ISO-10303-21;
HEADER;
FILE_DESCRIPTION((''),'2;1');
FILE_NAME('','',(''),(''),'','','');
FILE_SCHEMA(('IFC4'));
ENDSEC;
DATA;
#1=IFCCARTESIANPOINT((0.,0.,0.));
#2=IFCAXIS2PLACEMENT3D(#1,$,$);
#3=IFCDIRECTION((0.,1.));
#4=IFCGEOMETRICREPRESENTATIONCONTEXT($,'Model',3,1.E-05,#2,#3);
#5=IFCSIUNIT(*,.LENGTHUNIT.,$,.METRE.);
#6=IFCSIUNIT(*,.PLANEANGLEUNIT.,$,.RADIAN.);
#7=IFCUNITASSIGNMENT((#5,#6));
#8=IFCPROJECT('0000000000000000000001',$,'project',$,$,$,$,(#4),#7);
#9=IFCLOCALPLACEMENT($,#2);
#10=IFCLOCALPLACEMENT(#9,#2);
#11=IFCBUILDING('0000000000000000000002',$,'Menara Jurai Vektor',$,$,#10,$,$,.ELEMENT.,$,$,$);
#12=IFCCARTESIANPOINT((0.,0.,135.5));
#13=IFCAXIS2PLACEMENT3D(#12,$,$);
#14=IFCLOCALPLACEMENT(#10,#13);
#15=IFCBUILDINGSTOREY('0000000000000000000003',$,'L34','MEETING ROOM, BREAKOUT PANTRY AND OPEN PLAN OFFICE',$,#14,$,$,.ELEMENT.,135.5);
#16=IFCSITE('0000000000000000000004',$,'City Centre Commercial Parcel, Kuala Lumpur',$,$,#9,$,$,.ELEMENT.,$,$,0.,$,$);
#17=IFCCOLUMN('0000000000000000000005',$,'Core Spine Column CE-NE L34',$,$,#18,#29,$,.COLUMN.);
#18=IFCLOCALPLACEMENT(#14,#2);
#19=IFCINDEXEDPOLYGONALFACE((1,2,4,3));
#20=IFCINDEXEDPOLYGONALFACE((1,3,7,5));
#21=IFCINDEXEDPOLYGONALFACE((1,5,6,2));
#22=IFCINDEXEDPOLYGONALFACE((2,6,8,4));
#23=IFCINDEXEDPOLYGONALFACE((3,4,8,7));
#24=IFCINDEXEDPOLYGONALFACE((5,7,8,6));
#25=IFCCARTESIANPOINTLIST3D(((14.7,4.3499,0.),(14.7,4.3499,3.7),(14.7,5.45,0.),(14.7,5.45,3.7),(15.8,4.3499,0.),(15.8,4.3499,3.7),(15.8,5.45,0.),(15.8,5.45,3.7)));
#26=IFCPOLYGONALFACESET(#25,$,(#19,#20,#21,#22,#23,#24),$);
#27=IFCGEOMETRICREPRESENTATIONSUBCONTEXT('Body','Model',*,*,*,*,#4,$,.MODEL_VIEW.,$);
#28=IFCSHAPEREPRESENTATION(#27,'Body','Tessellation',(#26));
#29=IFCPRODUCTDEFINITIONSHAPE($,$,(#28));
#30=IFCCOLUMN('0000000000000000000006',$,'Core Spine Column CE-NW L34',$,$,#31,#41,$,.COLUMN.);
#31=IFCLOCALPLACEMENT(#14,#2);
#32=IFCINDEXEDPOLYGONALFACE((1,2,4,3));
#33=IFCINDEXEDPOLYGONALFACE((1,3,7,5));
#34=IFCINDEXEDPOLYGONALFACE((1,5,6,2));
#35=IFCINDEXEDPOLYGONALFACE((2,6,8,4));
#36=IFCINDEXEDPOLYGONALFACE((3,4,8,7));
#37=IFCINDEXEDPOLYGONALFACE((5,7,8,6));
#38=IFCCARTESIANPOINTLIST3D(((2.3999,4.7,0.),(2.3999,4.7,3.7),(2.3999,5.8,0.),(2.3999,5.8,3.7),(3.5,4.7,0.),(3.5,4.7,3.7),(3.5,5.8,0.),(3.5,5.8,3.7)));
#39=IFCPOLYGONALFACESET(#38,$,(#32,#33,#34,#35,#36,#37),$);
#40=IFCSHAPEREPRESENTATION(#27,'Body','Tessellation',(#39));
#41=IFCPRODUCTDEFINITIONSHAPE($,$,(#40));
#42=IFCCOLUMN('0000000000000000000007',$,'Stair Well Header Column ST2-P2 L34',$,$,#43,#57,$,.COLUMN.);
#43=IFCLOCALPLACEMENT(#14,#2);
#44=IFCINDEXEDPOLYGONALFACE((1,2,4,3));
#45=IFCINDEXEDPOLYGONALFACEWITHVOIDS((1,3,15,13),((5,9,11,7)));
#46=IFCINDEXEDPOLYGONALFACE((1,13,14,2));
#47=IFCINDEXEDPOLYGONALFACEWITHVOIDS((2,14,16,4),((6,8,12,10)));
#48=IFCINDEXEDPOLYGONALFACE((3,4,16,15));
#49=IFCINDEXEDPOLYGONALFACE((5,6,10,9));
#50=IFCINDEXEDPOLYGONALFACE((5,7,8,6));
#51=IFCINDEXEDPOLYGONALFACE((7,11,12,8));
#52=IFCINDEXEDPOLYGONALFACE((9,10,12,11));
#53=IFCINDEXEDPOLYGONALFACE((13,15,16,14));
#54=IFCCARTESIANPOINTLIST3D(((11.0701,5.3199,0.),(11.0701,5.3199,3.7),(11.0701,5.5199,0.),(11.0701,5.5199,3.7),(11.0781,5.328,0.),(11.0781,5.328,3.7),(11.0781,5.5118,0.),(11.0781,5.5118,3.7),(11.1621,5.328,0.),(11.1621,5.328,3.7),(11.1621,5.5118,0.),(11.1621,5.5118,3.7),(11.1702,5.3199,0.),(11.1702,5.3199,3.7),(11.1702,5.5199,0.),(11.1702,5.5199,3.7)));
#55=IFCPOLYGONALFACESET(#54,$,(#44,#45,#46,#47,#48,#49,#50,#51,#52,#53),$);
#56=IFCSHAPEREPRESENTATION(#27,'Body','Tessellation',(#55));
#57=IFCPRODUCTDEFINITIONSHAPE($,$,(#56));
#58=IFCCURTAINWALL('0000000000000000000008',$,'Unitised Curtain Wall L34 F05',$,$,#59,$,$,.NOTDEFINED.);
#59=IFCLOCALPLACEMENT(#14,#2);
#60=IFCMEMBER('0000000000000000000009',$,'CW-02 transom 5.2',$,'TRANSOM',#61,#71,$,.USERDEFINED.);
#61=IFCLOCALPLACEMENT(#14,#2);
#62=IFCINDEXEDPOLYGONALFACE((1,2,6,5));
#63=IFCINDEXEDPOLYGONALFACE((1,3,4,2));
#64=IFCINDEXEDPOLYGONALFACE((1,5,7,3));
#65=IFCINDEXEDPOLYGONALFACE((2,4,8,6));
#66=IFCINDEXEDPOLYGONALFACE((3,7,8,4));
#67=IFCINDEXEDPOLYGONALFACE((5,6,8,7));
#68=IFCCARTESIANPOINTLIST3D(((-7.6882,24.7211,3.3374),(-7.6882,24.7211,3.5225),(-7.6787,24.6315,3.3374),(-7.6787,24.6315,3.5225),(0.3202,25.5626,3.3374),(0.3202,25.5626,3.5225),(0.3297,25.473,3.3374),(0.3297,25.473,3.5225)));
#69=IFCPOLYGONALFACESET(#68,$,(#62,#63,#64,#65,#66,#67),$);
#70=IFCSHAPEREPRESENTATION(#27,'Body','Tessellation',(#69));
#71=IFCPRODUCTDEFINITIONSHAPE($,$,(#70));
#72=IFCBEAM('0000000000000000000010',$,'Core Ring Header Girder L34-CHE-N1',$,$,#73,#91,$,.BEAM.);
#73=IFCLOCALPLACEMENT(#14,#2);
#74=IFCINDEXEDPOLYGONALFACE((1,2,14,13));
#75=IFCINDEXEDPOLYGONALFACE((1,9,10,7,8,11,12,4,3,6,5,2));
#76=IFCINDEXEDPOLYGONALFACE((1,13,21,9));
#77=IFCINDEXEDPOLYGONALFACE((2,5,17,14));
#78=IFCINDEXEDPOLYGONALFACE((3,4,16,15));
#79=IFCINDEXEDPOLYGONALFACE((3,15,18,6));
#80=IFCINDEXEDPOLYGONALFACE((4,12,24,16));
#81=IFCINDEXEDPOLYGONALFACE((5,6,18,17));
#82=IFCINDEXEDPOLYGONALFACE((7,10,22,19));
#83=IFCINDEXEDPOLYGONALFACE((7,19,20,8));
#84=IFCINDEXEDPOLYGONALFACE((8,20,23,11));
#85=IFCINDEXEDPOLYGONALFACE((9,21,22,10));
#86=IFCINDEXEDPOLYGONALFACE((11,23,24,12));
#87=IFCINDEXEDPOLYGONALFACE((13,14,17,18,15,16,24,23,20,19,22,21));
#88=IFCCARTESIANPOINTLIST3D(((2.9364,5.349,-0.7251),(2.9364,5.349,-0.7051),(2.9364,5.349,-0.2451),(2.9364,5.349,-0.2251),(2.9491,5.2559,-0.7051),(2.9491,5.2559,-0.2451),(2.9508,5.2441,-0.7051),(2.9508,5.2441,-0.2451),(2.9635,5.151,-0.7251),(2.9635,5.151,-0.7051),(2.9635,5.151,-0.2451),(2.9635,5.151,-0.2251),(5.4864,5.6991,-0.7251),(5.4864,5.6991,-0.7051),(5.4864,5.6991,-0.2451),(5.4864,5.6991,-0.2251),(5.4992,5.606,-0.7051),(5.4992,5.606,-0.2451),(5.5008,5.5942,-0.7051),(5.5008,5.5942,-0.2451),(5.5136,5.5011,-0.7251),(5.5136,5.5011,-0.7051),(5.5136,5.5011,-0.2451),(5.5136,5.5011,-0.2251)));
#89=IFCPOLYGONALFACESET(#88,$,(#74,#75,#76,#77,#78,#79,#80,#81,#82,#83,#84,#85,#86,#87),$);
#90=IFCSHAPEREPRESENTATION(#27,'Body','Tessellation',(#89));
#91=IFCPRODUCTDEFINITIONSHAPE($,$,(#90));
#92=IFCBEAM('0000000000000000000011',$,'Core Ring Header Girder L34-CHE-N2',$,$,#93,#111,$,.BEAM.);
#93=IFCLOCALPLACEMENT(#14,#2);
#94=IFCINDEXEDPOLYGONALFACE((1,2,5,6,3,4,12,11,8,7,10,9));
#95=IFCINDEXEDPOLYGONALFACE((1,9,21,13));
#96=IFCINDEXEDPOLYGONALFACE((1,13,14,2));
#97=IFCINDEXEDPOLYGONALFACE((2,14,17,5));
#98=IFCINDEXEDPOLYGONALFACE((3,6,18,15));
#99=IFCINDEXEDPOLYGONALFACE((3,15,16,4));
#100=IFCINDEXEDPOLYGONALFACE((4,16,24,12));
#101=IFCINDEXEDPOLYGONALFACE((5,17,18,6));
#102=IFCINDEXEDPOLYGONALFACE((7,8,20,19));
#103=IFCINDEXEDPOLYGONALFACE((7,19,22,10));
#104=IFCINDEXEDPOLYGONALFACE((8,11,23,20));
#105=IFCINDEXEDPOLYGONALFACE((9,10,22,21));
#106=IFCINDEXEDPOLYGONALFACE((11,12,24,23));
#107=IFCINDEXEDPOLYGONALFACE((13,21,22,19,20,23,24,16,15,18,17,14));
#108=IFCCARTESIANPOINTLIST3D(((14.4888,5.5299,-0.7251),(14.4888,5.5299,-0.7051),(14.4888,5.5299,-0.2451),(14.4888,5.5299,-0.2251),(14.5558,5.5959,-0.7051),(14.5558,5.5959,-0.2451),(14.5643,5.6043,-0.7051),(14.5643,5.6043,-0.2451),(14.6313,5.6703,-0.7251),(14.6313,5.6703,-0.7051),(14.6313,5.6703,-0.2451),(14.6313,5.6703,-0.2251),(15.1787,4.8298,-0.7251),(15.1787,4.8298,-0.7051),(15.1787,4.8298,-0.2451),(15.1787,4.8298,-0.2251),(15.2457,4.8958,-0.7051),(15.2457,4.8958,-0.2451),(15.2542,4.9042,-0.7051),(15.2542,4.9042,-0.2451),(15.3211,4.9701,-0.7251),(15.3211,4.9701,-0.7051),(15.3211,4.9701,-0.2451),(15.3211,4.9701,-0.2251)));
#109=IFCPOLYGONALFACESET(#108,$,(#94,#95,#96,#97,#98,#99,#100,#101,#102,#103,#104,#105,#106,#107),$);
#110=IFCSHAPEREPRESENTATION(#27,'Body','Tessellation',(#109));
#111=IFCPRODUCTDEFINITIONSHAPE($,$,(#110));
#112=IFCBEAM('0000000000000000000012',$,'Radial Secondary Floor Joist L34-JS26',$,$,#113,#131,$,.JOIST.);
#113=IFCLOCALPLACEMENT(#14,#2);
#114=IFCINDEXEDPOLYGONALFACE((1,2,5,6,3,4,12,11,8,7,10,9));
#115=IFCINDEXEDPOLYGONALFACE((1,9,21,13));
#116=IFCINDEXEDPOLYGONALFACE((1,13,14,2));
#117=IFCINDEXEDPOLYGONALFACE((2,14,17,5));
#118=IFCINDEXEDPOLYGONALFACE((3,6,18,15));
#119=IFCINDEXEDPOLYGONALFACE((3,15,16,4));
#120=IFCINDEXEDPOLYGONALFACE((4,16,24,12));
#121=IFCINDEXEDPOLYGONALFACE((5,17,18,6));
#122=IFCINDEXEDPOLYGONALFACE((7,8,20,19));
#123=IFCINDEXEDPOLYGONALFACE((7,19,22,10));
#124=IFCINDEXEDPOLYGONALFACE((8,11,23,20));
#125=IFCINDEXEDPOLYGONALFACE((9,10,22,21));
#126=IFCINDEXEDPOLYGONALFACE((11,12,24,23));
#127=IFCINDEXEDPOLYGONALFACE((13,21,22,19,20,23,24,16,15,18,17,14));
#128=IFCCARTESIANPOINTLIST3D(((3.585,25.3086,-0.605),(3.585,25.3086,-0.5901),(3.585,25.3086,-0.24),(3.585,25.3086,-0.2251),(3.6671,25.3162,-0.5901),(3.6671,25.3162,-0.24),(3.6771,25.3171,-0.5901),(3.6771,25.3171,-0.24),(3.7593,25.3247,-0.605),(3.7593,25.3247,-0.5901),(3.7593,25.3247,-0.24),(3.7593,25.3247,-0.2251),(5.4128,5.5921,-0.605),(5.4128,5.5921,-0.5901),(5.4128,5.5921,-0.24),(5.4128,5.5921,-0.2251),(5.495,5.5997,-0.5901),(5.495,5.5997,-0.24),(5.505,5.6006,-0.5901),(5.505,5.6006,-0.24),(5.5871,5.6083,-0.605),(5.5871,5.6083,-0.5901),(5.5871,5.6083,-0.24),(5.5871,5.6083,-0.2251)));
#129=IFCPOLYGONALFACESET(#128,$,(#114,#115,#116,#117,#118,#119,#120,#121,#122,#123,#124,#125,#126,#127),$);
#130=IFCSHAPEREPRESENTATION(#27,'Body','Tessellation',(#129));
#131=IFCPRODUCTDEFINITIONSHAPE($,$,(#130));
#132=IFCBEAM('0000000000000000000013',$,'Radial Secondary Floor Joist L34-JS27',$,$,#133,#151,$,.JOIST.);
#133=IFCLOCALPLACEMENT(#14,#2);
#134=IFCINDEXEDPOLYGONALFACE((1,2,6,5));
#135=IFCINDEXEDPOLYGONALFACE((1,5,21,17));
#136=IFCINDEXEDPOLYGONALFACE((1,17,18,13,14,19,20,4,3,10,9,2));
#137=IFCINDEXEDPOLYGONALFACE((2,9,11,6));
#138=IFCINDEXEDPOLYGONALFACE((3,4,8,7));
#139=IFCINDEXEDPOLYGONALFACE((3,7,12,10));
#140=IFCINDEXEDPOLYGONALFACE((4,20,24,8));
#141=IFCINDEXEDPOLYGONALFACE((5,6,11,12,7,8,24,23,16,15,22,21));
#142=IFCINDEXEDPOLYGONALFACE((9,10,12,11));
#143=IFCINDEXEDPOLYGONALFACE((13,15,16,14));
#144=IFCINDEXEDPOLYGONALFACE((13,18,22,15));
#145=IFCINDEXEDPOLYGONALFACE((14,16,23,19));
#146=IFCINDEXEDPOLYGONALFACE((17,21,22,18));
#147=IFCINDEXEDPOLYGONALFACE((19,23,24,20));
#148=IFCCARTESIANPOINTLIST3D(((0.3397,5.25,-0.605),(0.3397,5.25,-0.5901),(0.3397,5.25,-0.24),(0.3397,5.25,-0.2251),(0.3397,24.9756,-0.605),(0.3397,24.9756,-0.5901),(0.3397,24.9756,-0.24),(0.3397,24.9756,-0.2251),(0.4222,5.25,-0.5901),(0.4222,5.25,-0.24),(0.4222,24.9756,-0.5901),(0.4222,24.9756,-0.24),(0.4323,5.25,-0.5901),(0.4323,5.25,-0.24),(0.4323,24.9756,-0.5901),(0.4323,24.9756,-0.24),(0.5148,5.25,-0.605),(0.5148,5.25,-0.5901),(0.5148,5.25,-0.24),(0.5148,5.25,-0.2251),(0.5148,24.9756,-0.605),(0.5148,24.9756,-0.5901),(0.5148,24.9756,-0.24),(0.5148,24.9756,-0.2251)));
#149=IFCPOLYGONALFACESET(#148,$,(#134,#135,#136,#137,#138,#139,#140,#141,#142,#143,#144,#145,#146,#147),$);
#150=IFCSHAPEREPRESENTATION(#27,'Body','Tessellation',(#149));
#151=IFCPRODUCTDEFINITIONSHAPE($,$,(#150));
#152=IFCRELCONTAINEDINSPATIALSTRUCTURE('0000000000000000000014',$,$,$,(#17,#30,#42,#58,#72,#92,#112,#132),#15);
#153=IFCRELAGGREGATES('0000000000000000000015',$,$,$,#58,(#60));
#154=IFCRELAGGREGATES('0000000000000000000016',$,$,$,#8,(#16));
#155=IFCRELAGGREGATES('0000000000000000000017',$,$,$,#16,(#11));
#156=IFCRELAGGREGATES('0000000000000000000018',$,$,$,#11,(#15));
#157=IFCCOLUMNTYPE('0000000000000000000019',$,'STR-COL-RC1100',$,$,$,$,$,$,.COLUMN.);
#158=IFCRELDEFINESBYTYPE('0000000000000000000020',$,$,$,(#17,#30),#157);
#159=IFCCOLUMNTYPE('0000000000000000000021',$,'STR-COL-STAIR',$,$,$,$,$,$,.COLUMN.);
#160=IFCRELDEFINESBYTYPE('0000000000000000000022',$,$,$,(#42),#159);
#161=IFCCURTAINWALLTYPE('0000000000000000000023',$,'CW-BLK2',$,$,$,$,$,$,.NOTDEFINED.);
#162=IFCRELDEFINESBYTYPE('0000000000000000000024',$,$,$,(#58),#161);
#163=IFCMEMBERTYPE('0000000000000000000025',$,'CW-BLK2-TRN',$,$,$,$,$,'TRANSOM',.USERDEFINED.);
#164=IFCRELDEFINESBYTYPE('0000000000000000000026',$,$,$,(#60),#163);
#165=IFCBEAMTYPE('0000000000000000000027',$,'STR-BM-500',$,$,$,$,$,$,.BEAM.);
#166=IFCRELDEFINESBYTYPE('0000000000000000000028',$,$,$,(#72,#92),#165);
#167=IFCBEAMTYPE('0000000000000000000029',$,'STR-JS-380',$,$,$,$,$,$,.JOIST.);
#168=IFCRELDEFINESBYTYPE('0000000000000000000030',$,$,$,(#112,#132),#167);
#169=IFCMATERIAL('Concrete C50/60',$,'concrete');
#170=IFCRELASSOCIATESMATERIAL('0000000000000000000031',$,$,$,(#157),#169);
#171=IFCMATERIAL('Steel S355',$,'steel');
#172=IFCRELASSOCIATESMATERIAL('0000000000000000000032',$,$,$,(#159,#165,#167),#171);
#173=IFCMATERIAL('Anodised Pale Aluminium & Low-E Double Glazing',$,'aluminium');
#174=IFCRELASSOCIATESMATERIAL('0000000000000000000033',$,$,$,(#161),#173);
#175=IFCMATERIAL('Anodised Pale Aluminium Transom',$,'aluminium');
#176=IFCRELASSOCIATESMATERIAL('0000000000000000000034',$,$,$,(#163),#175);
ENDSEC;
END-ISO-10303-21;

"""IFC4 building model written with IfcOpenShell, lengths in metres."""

from ifc_helpers import new_model, si_unit, direction, frame, origin, origin_2d, place, context, subcontext, project, spatial, rectangle, hollow_rectangle, i_section, extrude, material, material_profile, profile_set, type_object, element, aggregate, save


model = new_model("IFC4")

# Units and contexts
model_context = context("Model", 3, precision=1e-05, world=origin(), true_north=direction((0.0, 1.0)))
body_context = subcontext(model_context, "Body", "Model", "MODEL_VIEW")
ifc_project = project(units=[si_unit("LENGTHUNIT", "METRE"), si_unit("PLANEANGLEUNIT", "RADIAN")], contexts=[model_context])

# Site, building, storey
site_placement = place(None, origin())
site = spatial("IfcSite", under=ifc_project, at=site_placement, Name="City Centre Commercial Parcel, Kuala Lumpur", CompositionType="ELEMENT", RefElevation=0.0)
building_placement = place(site_placement, origin())
building = spatial("IfcBuilding", under=site, at=building_placement, Name="Menara Jurai Vektor", CompositionType="ELEMENT")
storey_placement = place(building_placement, frame((0.0, 0.0, 135.5)))
storey = spatial("IfcBuildingStorey", under=building, at=storey_placement, Name="L34", Description="MEETING ROOM, BREAKOUT PANTRY AND OPEN PLAN OFFICE", CompositionType="ELEMENT", Elevation=135.5)

# Columns
ifc_material_1 = material(Name="Concrete C50/60", Category="concrete")
ifc_material_profile_1 = material_profile(ifc_material_1, rectangle(XDim=1.1001, YDim=1.1001, at=origin_2d()), Name="RC 1100x1100")
ifc_profile_set_1 = profile_set([ifc_material_profile_1], Name="Concrete C50/60")
column_type_1 = type_object("IfcColumnType", Name="STR-COL-RC1100", PredefinedType="COLUMN", material=ifc_profile_set_1)
for number, where, z_axis, x_axis, name in (
    (1, (15.25, 4.8999, 0.0), (0.0, 0.0, 1.0), (1.0, 0.0, 0.0), "Core Spine Column CE-NE L34"),
    (2, (2.95, 5.25, 0.0), (0.0, 0.0, 1.0), (1.0, 0.0, 0.0), "Core Spine Column CE-NW L34"),
):
    element("IfcColumn", number, at=place(storey_placement, frame(where, z_axis=z_axis, x_axis=x_axis)), inside=storey, type_object=column_type_1, Name=name, PredefinedType="COLUMN", context=body_context, shape_type="SweptSolid", body=[
        extrude(rectangle(XDim=1.1001, YDim=1.1001, at=origin_2d()), origin(), (0.0, 0.0, 1.0), 3.7),
    ])
ifc_material_2 = material(Name="Steel S355", Category="steel")
ifc_material_profile_2 = material_profile(ifc_material_2, hollow_rectangle(XDim=0.1001, YDim=0.2, WallThickness=0.0081, at=origin_2d()), Name="RHS 200x100x8")
ifc_profile_set_2 = profile_set([ifc_material_profile_2], Name="Steel S355")
column_type_2 = type_object("IfcColumnType", Name="STR-COL-STAIR", PredefinedType="COLUMN", material=ifc_profile_set_2)
column_placement = place(storey_placement, frame((11.1201, 5.4199, 0.0), z_axis=(0.0, 0.0, 1.0), x_axis=(1.0, 0.0, 0.0)))
element("IfcColumn", 3, at=column_placement, inside=storey, type_object=column_type_2, Name="Stair Well Header Column ST2-P2 L34", PredefinedType="COLUMN", context=body_context, shape_type="SweptSolid", body=[
    extrude(hollow_rectangle(XDim=0.1001, YDim=0.2, WallThickness=0.0081, at=origin_2d()), origin(), (0.0, 0.0, 1.0), 3.7),
])

# Curtain wall, member
ifc_material_3 = material(Name="Anodised Pale Aluminium & Low-E Double Glazing", Category="aluminium")
curtain_wall_type = type_object("IfcCurtainWallType", Name="CW-BLK2", PredefinedType="NOTDEFINED", material=ifc_material_3)
curtain_wall_placement = place(storey_placement, origin())
curtain_wall = element("IfcCurtainWall", 4, at=curtain_wall_placement, inside=storey, type_object=curtain_wall_type, Name="Unitised Curtain Wall L34 F05", PredefinedType="NOTDEFINED")
ifc_material_4 = material(Name="Anodised Pale Aluminium Transom", Category="aluminium")
ifc_material_profile_3 = material_profile(ifc_material_4, rectangle(XDim=0.0901, YDim=0.1851, at=origin_2d()), Name="ALU TRN 90x185")
ifc_profile_set_3 = profile_set([ifc_material_profile_3], Name="Anodised Pale Aluminium Transom")
member_type = type_object("IfcMemberType", Name="CW-BLK2-TRN", ElementType="TRANSOM", PredefinedType="USERDEFINED", material=ifc_profile_set_3)
member_placement = place(storey_placement, frame((0.325, 25.5178, 3.4299), z_axis=(-0.994524, -0.10451, 0.0), x_axis=(0.10451, -0.994524, 0.0)))
member = element("IfcMember", 5, at=member_placement, type_object=member_type, Name="CW-02 transom 5.2", ObjectType="TRANSOM", PredefinedType="USERDEFINED", context=body_context, shape_type="SweptSolid", body=[
    extrude(rectangle(XDim=0.0901, YDim=0.1851, at=origin_2d()), origin(), (0.0, 0.0, 1.0), 8.0525),
])
aggregate(curtain_wall, [member])

# Beams
ifc_material_profile_4 = material_profile(ifc_material_2, i_section(OverallWidth=0.2, OverallDepth=0.5, WebThickness=0.012, FlangeThickness=0.02, at=origin_2d()), Name="PG 500x200x96")
ifc_profile_set_4 = profile_set([ifc_material_profile_4], Name="Steel S355")
beam_type_1 = type_object("IfcBeamType", Name="STR-BM-500", PredefinedType="BEAM", material=ifc_profile_set_4)
beam_1_placement = place(storey_placement, frame((2.95, 5.25, -0.4751), z_axis=(0.990707, 0.136015, 0.0), x_axis=(-0.136015, 0.990707, 0.0)))
element("IfcBeam", 6, at=beam_1_placement, inside=storey, type_object=beam_type_1, Name="Core Ring Header Girder L34-CHE-N1", PredefinedType="BEAM", context=body_context, shape_type="SweptSolid", body=[
    extrude(i_section(OverallWidth=0.2, OverallDepth=0.5, WebThickness=0.012, FlangeThickness=0.02, at=origin_2d()), origin(), (0.0, 0.0, 1.0), 2.574),
])
beam_2_placement = place(storey_placement, frame((14.5601, 5.6001, -0.4751), z_axis=(0.701872, -0.712303, 0.0), x_axis=(0.712303, 0.701872, 0.0)))
element("IfcBeam", 7, at=beam_2_placement, inside=storey, type_object=beam_type_1, Name="Core Ring Header Girder L34-CHE-N2", PredefinedType="BEAM", context=body_context, shape_type="SweptSolid", body=[
    extrude(i_section(OverallWidth=0.2, OverallDepth=0.5, WebThickness=0.012, FlangeThickness=0.02, at=origin_2d()), origin(), (0.0, 0.0, 1.0), 0.9829),
])
ifc_material_profile_5 = material_profile(ifc_material_2, i_section(OverallWidth=0.175, OverallDepth=0.3799, WebThickness=0.01, FlangeThickness=0.0149, at=origin_2d()), Name="PG 380x175x58")
ifc_profile_set_5 = profile_set([ifc_material_profile_5], Name="Steel S355")
beam_type_2 = type_object("IfcBeamType", Name="STR-JS-380", PredefinedType="JOIST", material=ifc_profile_set_5)
beam_3_placement = place(storey_placement, frame((3.6721, 25.3167, -0.415), z_axis=(0.092312, -0.99573, 0.0), x_axis=(0.99573, 0.092312, 0.0)))
element("IfcBeam", 8, at=beam_3_placement, inside=storey, type_object=beam_type_2, Name="Radial Secondary Floor Joist L34-JS26", PredefinedType="JOIST", context=body_context, shape_type="SweptSolid", body=[
    extrude(i_section(OverallWidth=0.175, OverallDepth=0.3799, WebThickness=0.01, FlangeThickness=0.0149, at=origin_2d()), origin(), (0.0, 0.0, 1.0), 19.801),
])
beam_4_placement = place(storey_placement, frame((0.4272, 24.9756, -0.415), z_axis=(0.0, -1.0, 0.0), x_axis=(1.0, 0.0, 0.0)))
element("IfcBeam", 9, at=beam_4_placement, inside=storey, type_object=beam_type_2, Name="Radial Secondary Floor Joist L34-JS27", PredefinedType="JOIST", context=body_context, shape_type="SweptSolid", body=[
    extrude(i_section(OverallWidth=0.175, OverallDepth=0.3799, WebThickness=0.01, FlangeThickness=0.0149, at=origin_2d()), origin(), (0.0, 0.0, 1.0), 19.7256),
])

save(model, "model.ifc")
